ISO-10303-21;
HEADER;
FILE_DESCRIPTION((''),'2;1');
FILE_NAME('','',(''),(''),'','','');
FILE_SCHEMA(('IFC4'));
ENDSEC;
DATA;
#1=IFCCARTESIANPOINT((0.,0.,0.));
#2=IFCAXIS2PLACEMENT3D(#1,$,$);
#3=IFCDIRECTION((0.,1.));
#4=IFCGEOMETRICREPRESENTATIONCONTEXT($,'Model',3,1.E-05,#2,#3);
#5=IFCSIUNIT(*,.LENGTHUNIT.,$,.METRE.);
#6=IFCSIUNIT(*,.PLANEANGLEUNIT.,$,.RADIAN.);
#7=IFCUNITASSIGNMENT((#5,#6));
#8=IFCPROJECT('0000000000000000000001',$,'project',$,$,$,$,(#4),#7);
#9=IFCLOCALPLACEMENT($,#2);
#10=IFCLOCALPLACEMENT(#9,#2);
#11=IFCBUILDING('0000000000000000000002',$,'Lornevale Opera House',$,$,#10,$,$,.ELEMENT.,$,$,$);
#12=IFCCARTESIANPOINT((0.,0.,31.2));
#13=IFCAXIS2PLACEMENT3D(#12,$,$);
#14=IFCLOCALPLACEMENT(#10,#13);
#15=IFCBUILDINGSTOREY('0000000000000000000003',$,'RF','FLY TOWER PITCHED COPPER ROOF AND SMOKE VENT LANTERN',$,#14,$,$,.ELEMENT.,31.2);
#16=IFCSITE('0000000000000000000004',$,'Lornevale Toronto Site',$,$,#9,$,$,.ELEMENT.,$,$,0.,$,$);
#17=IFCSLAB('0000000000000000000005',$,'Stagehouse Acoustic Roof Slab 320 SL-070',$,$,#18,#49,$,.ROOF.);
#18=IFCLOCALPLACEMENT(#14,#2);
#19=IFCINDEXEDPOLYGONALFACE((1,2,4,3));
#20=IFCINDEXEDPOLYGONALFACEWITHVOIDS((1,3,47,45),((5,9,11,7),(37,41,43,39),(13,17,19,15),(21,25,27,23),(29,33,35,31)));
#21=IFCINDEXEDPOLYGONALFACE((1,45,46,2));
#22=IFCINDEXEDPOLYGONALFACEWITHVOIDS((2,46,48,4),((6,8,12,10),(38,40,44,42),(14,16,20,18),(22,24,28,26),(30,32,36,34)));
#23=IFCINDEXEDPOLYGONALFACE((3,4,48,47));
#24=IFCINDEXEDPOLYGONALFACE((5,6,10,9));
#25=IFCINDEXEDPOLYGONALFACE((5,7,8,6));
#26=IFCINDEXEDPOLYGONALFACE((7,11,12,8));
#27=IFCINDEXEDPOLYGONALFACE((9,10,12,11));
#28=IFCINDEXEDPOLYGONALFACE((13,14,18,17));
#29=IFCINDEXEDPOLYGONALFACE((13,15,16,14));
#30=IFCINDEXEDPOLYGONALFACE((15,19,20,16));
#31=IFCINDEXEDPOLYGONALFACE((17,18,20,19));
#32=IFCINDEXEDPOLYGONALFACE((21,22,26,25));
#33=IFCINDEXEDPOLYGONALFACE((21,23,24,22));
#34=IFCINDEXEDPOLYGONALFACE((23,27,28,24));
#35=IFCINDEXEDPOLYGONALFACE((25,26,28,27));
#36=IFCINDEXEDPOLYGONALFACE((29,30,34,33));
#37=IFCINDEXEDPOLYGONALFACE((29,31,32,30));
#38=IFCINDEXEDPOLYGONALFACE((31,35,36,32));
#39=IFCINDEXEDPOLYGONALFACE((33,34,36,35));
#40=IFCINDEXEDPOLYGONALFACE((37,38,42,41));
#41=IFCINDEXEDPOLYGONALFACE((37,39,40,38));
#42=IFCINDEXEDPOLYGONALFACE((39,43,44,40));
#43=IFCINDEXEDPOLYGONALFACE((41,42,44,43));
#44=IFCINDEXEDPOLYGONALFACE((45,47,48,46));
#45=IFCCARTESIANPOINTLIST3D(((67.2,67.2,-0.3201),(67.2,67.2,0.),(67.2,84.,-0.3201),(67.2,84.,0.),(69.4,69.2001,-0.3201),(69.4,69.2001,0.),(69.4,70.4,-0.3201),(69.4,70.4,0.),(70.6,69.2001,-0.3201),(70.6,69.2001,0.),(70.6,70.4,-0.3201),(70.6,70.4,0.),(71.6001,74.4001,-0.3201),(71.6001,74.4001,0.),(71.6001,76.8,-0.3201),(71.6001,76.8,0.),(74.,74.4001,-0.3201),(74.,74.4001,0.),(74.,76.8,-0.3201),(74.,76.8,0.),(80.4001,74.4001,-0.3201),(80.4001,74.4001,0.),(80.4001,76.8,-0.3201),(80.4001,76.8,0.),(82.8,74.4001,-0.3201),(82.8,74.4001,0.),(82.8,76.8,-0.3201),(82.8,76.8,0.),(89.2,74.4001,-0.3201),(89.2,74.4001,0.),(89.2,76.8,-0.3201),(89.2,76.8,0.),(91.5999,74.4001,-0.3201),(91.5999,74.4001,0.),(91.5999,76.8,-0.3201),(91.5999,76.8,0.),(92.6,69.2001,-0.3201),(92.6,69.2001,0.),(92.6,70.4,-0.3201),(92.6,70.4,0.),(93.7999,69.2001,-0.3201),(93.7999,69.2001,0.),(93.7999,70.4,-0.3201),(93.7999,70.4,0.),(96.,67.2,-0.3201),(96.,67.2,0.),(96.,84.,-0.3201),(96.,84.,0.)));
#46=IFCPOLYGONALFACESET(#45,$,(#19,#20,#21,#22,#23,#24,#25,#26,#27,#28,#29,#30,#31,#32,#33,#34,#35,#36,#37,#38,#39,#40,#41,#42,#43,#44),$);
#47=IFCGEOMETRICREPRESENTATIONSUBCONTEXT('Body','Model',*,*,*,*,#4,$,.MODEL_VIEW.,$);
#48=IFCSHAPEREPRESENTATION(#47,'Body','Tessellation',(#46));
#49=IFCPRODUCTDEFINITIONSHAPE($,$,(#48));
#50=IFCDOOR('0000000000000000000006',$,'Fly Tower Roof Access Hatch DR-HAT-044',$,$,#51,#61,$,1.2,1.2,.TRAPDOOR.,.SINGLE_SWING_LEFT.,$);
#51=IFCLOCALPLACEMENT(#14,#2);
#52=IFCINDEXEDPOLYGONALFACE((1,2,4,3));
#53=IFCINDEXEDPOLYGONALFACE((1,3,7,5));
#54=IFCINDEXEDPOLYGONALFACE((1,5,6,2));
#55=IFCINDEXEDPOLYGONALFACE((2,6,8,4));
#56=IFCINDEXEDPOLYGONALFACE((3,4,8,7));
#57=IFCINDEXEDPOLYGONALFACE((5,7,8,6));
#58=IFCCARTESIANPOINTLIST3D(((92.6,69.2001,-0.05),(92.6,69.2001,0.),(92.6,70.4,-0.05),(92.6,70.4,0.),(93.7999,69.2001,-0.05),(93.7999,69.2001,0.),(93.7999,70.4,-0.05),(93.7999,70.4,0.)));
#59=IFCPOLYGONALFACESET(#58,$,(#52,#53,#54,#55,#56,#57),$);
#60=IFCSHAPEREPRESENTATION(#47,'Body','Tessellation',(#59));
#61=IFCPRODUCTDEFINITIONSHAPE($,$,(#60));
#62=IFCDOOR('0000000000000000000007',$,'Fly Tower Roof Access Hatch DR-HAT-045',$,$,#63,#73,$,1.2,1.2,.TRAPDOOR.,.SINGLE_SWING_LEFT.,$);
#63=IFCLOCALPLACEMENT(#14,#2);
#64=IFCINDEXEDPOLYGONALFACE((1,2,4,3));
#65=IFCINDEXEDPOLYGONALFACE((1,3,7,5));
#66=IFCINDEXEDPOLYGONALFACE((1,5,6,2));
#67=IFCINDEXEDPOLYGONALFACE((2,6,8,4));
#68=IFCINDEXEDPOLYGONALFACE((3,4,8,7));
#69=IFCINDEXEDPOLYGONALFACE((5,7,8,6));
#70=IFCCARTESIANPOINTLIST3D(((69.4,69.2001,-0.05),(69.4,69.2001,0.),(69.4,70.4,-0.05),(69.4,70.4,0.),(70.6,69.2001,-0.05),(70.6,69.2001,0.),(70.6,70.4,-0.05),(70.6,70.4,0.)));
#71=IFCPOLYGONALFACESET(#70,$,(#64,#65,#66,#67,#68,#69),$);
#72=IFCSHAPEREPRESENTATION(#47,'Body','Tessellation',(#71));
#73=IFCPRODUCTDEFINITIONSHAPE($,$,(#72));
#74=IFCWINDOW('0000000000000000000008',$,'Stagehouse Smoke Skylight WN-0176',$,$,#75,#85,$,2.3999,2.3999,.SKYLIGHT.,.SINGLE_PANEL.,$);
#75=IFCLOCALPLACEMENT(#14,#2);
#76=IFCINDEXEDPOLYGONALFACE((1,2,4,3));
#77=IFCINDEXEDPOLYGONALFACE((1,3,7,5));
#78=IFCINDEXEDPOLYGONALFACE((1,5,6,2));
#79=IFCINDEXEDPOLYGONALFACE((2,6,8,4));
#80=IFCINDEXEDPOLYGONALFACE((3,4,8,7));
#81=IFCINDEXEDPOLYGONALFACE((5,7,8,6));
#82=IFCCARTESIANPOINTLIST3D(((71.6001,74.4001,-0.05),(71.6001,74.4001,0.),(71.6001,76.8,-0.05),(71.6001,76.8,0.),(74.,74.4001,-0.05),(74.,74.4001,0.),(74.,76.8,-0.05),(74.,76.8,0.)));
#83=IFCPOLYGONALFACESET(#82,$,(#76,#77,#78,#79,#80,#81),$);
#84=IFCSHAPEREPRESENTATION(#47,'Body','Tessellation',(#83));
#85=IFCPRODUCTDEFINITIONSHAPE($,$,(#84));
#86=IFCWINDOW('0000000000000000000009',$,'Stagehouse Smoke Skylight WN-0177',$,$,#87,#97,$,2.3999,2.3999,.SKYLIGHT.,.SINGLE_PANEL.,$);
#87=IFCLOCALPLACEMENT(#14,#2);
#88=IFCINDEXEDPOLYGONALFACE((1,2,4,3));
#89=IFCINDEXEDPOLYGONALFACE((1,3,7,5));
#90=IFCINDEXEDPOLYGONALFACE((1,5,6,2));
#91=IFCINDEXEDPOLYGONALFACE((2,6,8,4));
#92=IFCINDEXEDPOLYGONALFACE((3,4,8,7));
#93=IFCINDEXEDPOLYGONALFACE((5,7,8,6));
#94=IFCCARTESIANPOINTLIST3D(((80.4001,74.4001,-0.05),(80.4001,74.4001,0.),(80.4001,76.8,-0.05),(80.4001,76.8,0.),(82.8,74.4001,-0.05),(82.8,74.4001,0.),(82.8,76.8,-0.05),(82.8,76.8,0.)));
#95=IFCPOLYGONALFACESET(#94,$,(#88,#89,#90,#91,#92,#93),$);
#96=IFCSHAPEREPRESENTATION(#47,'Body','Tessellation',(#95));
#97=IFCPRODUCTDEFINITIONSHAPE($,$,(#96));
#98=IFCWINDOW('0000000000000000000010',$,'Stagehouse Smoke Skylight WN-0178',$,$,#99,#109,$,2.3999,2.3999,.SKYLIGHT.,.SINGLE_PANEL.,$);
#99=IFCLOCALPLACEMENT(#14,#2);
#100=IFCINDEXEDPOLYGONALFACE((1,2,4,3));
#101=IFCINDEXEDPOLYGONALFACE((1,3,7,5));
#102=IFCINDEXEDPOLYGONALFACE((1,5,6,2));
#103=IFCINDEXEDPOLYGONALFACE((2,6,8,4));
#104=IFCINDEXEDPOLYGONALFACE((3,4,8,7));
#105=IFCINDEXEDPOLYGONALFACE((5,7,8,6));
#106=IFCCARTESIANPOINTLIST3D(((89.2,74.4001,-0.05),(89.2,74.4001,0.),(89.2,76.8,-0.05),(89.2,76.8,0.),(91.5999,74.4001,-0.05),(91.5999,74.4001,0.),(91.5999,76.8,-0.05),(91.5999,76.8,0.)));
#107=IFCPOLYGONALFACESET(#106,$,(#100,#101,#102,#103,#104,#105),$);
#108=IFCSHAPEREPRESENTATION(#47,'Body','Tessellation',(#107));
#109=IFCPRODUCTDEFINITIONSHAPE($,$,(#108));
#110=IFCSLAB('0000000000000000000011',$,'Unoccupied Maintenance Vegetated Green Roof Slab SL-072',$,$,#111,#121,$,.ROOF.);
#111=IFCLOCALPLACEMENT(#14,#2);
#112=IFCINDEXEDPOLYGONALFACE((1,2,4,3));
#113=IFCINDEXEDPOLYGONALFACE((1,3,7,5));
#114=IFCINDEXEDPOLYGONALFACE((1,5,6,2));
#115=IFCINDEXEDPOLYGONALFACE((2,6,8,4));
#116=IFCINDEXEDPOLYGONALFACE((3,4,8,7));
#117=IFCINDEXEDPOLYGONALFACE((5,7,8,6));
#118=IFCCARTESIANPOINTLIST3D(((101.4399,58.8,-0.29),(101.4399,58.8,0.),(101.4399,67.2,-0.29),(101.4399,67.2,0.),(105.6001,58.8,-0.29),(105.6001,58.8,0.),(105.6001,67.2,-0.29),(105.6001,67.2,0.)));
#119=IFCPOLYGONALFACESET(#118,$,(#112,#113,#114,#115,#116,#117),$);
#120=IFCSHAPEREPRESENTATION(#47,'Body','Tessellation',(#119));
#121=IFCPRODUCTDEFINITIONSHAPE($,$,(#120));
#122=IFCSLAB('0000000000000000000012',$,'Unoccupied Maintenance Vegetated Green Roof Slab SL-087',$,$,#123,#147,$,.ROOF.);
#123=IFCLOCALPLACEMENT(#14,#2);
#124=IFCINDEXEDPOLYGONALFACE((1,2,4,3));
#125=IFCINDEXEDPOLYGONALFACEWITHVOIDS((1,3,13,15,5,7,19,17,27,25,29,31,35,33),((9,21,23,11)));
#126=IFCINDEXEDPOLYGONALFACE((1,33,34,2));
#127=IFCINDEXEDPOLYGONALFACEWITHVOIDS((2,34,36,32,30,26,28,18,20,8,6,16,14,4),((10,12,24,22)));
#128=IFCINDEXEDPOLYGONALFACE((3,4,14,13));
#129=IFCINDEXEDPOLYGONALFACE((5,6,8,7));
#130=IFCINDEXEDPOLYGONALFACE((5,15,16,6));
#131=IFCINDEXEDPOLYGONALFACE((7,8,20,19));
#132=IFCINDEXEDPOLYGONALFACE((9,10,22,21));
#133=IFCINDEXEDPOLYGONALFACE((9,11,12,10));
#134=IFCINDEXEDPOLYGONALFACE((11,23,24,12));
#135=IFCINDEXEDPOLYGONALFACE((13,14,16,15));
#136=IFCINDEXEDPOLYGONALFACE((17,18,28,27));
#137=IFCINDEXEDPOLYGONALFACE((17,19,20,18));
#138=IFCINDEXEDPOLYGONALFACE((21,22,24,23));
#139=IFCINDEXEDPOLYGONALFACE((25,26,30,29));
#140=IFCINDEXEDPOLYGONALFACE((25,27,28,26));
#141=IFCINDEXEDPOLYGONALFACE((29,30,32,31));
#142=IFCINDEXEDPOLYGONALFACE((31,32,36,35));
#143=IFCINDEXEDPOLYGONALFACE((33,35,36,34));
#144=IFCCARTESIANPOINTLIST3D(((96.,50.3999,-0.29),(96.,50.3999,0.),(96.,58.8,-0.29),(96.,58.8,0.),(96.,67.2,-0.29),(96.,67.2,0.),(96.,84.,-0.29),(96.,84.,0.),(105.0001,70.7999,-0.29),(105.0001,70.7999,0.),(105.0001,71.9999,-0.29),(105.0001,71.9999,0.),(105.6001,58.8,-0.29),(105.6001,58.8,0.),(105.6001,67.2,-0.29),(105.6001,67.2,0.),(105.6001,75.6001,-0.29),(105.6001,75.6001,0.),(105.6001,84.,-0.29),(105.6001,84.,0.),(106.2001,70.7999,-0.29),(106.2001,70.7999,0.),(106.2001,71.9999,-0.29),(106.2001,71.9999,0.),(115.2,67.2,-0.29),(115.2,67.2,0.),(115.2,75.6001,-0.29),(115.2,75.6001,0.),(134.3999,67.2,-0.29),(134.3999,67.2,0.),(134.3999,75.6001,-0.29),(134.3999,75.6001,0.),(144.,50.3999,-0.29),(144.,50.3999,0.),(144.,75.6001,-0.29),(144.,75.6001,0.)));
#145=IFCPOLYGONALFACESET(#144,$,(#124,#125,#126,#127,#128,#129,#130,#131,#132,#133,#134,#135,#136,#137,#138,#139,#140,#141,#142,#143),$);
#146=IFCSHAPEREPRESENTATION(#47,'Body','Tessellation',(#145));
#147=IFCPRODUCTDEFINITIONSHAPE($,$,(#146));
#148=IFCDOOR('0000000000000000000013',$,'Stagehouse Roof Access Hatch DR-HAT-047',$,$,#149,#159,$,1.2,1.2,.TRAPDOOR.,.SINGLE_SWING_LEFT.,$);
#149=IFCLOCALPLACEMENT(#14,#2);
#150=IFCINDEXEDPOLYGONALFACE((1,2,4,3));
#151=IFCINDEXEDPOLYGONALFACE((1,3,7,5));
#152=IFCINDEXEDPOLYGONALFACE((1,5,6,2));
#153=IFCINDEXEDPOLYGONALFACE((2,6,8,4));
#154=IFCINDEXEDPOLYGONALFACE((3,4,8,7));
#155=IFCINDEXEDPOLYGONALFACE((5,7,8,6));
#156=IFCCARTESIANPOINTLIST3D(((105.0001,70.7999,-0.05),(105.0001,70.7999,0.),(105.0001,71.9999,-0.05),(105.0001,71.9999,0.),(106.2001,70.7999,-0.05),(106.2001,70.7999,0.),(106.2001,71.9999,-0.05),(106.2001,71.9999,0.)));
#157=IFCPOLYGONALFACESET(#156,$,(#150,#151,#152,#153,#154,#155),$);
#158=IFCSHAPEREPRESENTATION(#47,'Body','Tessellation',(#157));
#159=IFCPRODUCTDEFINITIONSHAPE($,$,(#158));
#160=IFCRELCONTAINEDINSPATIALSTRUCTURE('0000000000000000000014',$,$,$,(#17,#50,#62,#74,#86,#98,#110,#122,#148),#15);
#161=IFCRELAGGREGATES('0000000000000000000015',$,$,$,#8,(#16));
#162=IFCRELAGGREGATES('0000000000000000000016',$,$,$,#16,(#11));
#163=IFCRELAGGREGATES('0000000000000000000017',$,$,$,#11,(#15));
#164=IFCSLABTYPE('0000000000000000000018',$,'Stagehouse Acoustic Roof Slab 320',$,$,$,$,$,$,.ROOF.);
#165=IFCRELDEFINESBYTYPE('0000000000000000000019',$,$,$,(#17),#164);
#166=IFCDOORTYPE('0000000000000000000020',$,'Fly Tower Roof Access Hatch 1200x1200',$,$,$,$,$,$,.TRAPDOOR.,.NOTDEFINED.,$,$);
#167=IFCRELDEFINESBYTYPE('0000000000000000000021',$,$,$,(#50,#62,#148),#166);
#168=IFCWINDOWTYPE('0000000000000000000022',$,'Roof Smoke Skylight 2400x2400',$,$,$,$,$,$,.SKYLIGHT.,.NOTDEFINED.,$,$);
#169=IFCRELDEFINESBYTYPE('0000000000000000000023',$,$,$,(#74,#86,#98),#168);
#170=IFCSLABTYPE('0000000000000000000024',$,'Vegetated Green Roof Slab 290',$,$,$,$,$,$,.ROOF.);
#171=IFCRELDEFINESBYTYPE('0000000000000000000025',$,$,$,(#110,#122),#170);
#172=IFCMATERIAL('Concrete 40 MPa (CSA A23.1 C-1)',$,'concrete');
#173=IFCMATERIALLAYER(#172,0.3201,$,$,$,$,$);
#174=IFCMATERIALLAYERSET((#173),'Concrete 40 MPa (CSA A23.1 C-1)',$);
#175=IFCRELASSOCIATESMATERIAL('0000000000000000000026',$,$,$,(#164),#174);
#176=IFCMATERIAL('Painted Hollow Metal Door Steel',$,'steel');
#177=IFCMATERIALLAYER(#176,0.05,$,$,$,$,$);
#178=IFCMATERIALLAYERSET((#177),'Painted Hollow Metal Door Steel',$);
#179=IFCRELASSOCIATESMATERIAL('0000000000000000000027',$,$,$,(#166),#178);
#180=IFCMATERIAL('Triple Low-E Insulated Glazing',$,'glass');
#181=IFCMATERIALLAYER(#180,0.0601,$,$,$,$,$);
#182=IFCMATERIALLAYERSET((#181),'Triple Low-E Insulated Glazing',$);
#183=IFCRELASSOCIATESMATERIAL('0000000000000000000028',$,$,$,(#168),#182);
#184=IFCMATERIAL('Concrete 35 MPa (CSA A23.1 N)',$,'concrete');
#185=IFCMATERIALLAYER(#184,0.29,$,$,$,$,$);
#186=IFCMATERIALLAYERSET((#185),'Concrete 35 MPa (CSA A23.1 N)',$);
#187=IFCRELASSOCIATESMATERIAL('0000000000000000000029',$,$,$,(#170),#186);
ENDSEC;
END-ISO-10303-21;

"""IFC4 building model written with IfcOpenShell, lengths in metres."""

from ifc_helpers import new_model, si_unit, direction, frame, origin, origin_2d, place, context, subcontext, project, spatial, polyline, rectangle, outline, extrude, material, layer, layer_set, type_object, element, fill, save


model = new_model("IFC4")

# Units and contexts
model_context = context("Model", 3, precision=1e-05, world=origin(), true_north=direction((0.0, 1.0)))
body_context = subcontext(model_context, "Body", "Model", "MODEL_VIEW")
ifc_project = project(units=[si_unit("LENGTHUNIT", "METRE"), si_unit("PLANEANGLEUNIT", "RADIAN")], contexts=[model_context])

# Site, building, storey
site_placement = place(None, origin())
site = spatial("IfcSite", under=ifc_project, at=site_placement, Name="Lornevale Toronto Site", CompositionType="ELEMENT", RefElevation=0.0)
building_placement = place(site_placement, origin())
building = spatial("IfcBuilding", under=site, at=building_placement, Name="Lornevale Opera House", CompositionType="ELEMENT")
storey_placement = place(building_placement, frame((0.0, 0.0, 31.2)))
storey = spatial("IfcBuildingStorey", under=building, at=storey_placement, Name="RF", Description="FLY TOWER PITCHED COPPER ROOF AND SMOKE VENT LANTERN", CompositionType="ELEMENT", Elevation=31.2)

# Shared definitions
ifc_material_1 = material(Name="Concrete 40 MPa (CSA A23.1 C-1)", Category="concrete")

# Slab, openings, doors, windows
ifc_layer_1 = layer(ifc_material_1, 0.3201)
ifc_layer_set_1 = layer_set([ifc_layer_1], Name="Concrete 40 MPa (CSA A23.1 C-1)")
slab_type_1 = type_object("IfcSlabType", Name="Stagehouse Acoustic Roof Slab 320", PredefinedType="ROOF", material=ifc_layer_set_1)
slab_1_placement = place(storey_placement, frame((0.0, 0.0, -0.3201)))
slab_1 = element("IfcSlab", 1, at=slab_1_placement, inside=storey, type_object=slab_type_1, Name="Stagehouse Acoustic Roof Slab 320 SL-070", PredefinedType="ROOF", context=body_context, shape_type="SweptSolid", body=[
    extrude(outline(polyline([(67.2, 67.2), (96.0, 67.2), (96.0, 84.0), (67.2, 84.0), (67.2, 67.2)])), origin(), (0.0, 0.0, 1.0), 0.3201),
])
opening_1_placement = place(slab_1_placement, frame((72.8, 75.6001, 0.0)))
opening_1 = element("IfcOpeningElement", 2, at=opening_1_placement, cuts=slab_1, PredefinedType="OPENING", context=body_context, shape_type="SweptSolid", body=[
    extrude(rectangle(XDim=2.3999, YDim=2.3999, at=origin_2d()), origin(), (0.0, 0.0, 1.0), 0.3201),
])
opening_2_placement = place(slab_1_placement, frame((81.6001, 75.6001, 0.0)))
opening_2 = element("IfcOpeningElement", 3, at=opening_2_placement, cuts=slab_1, PredefinedType="OPENING", context=body_context, shape_type="SweptSolid", body=[
    extrude(rectangle(XDim=2.3999, YDim=2.3999, at=origin_2d()), origin(), (0.0, 0.0, 1.0), 0.3201),
])
opening_3_placement = place(slab_1_placement, frame((90.3999, 75.6001, 0.0)))
opening_3 = element("IfcOpeningElement", 4, at=opening_3_placement, cuts=slab_1, PredefinedType="OPENING", context=body_context, shape_type="SweptSolid", body=[
    extrude(rectangle(XDim=2.3999, YDim=2.3999, at=origin_2d()), origin(), (0.0, 0.0, 1.0), 0.3201),
])
opening_4_placement = place(slab_1_placement, frame((93.2, 69.8, 0.0)))
opening_4 = element("IfcOpeningElement", 5, at=opening_4_placement, cuts=slab_1, PredefinedType="OPENING", context=body_context, shape_type="SweptSolid", body=[
    extrude(rectangle(XDim=1.2, YDim=1.2, at=origin_2d()), origin(), (0.0, 0.0, 1.0), 0.3201),
])
opening_5_placement = place(slab_1_placement, frame((70.0, 69.8, 0.0)))
opening_5 = element("IfcOpeningElement", 6, at=opening_5_placement, cuts=slab_1, PredefinedType="OPENING", context=body_context, shape_type="SweptSolid", body=[
    extrude(rectangle(XDim=1.2, YDim=1.2, at=origin_2d()), origin(), (0.0, 0.0, 1.0), 0.3201),
])
ifc_material_2 = material(Name="Painted Hollow Metal Door Steel", Category="steel")
ifc_layer_2 = layer(ifc_material_2, 0.05)
ifc_layer_set_2 = layer_set([ifc_layer_2], Name="Painted Hollow Metal Door Steel")
door_type = type_object("IfcDoorType", Name="Fly Tower Roof Access Hatch 1200x1200", OperationType="NOTDEFINED", PredefinedType="TRAPDOOR", material=ifc_layer_set_2)
door_1_placement = place(opening_4_placement, frame((0.0, 0.0, 0.27)))
door_1 = element("IfcDoor", 7, at=door_1_placement, inside=storey, type_object=door_type, Name="Fly Tower Roof Access Hatch DR-HAT-044", OperationType="SINGLE_SWING_LEFT", OverallHeight=1.2, OverallWidth=1.2, PredefinedType="TRAPDOOR", context=body_context, shape_type="SweptSolid", body=[
    extrude(rectangle(XDim=1.2, YDim=1.2, at=origin_2d()), origin(), (0.0, 0.0, 1.0), 0.05),
])
fill(opening_4, door_1)
door_2_placement = place(opening_5_placement, frame((0.0, 0.0, 0.27)))
door_2 = element("IfcDoor", 8, at=door_2_placement, inside=storey, type_object=door_type, Name="Fly Tower Roof Access Hatch DR-HAT-045", OperationType="SINGLE_SWING_LEFT", OverallHeight=1.2, OverallWidth=1.2, PredefinedType="TRAPDOOR", context=body_context, shape_type="SweptSolid", body=[
    extrude(rectangle(XDim=1.2, YDim=1.2, at=origin_2d()), origin(), (0.0, 0.0, 1.0), 0.05),
])
fill(opening_5, door_2)
ifc_material_3 = material(Name="Triple Low-E Insulated Glazing", Category="glass")
ifc_layer_3 = layer(ifc_material_3, 0.0601)
ifc_layer_set_3 = layer_set([ifc_layer_3], Name="Triple Low-E Insulated Glazing")
window_type = type_object("IfcWindowType", Name="Roof Smoke Skylight 2400x2400", PartitioningType="NOTDEFINED", PredefinedType="SKYLIGHT", material=ifc_layer_set_3)
window_1_placement = place(opening_1_placement, frame((0.0, 0.0, 0.27)))
window_1 = element("IfcWindow", 9, at=window_1_placement, inside=storey, type_object=window_type, Name="Stagehouse Smoke Skylight WN-0176", OverallHeight=2.3999, OverallWidth=2.3999, PartitioningType="SINGLE_PANEL", PredefinedType="SKYLIGHT", context=body_context, shape_type="SweptSolid", body=[
    extrude(rectangle(XDim=2.3999, YDim=2.3999, at=origin_2d()), origin(), (0.0, 0.0, 1.0), 0.05),
])
fill(opening_1, window_1)
window_2_placement = place(opening_2_placement, frame((0.0, 0.0, 0.27)))
window_2 = element("IfcWindow", 10, at=window_2_placement, inside=storey, type_object=window_type, Name="Stagehouse Smoke Skylight WN-0177", OverallHeight=2.3999, OverallWidth=2.3999, PartitioningType="SINGLE_PANEL", PredefinedType="SKYLIGHT", context=body_context, shape_type="SweptSolid", body=[
    extrude(rectangle(XDim=2.3999, YDim=2.3999, at=origin_2d()), origin(), (0.0, 0.0, 1.0), 0.05),
])
fill(opening_2, window_2)
window_3_placement = place(opening_3_placement, frame((0.0, 0.0, 0.27)))
window_3 = element("IfcWindow", 11, at=window_3_placement, inside=storey, type_object=window_type, Name="Stagehouse Smoke Skylight WN-0178", OverallHeight=2.3999, OverallWidth=2.3999, PartitioningType="SINGLE_PANEL", PredefinedType="SKYLIGHT", context=body_context, shape_type="SweptSolid", body=[
    extrude(rectangle(XDim=2.3999, YDim=2.3999, at=origin_2d()), origin(), (0.0, 0.0, 1.0), 0.05),
])
fill(opening_3, window_3)

# Slab
ifc_material_4 = material(Name="Concrete 35 MPa (CSA A23.1 N)", Category="concrete")
ifc_layer_4 = layer(ifc_material_4, 0.29)
ifc_layer_set_4 = layer_set([ifc_layer_4], Name="Concrete 35 MPa (CSA A23.1 N)")
slab_type_2 = type_object("IfcSlabType", Name="Vegetated Green Roof Slab 290", PredefinedType="ROOF", material=ifc_layer_set_4)
slab_2_placement = place(storey_placement, frame((0.0, 0.0, -0.29)))
element("IfcSlab", 12, at=slab_2_placement, inside=storey, type_object=slab_type_2, Name="Unoccupied Maintenance Vegetated Green Roof Slab SL-072", PredefinedType="ROOF", context=body_context, shape_type="SweptSolid", body=[
    extrude(outline(polyline([(101.4399, 58.8), (105.6001, 58.8), (105.6001, 67.2), (101.4399, 67.2), (101.4399, 58.8)])), origin(), (0.0, 0.0, 1.0), 0.29),
])

# Slab, opening, door
slab_3_placement = place(storey_placement, frame((0.0, 0.0, -0.29)))
slab_3 = element("IfcSlab", 13, at=slab_3_placement, inside=storey, type_object=slab_type_2, Name="Unoccupied Maintenance Vegetated Green Roof Slab SL-087", PredefinedType="ROOF", context=body_context, shape_type="SweptSolid", body=[
    extrude(outline(polyline([(105.6001, 67.2), (96.0, 67.2), (96.0, 75.6001), (96.0, 84.0), (105.6001, 84.0), (105.6001, 75.6001), (115.2, 75.6001), (115.2, 67.2), (124.8, 67.2), (134.3999, 67.2), (134.3999, 75.6001), (144.0, 75.6001), (144.0, 67.2), (144.0, 58.8), (144.0, 50.3999), (134.3999, 50.3999), (124.8, 50.3999), (115.2, 50.3999), (105.6001, 50.3999), (96.0, 50.3999), (96.0, 58.8), (105.6001, 58.8), (105.6001, 67.2)])), origin(), (0.0, 0.0, 1.0), 0.29),
])
opening_6_placement = place(slab_3_placement, frame((105.6001, 71.3999, 0.0)))
opening_6 = element("IfcOpeningElement", 14, at=opening_6_placement, cuts=slab_3, PredefinedType="OPENING", context=body_context, shape_type="SweptSolid", body=[
    extrude(rectangle(XDim=1.2, YDim=1.2, at=origin_2d()), origin(), (0.0, 0.0, 1.0), 0.29),
])
door_3_placement = place(opening_6_placement, frame((0.0, 0.0, 0.24)))
door_3 = element("IfcDoor", 15, at=door_3_placement, inside=storey, type_object=door_type, Name="Stagehouse Roof Access Hatch DR-HAT-047", OperationType="SINGLE_SWING_LEFT", OverallHeight=1.2, OverallWidth=1.2, PredefinedType="TRAPDOOR", context=body_context, shape_type="SweptSolid", body=[
    extrude(rectangle(XDim=1.2, YDim=1.2, at=origin_2d()), origin(), (0.0, 0.0, 1.0), 0.05),
])
fill(opening_6, door_3)

save(model, "model.ifc")
